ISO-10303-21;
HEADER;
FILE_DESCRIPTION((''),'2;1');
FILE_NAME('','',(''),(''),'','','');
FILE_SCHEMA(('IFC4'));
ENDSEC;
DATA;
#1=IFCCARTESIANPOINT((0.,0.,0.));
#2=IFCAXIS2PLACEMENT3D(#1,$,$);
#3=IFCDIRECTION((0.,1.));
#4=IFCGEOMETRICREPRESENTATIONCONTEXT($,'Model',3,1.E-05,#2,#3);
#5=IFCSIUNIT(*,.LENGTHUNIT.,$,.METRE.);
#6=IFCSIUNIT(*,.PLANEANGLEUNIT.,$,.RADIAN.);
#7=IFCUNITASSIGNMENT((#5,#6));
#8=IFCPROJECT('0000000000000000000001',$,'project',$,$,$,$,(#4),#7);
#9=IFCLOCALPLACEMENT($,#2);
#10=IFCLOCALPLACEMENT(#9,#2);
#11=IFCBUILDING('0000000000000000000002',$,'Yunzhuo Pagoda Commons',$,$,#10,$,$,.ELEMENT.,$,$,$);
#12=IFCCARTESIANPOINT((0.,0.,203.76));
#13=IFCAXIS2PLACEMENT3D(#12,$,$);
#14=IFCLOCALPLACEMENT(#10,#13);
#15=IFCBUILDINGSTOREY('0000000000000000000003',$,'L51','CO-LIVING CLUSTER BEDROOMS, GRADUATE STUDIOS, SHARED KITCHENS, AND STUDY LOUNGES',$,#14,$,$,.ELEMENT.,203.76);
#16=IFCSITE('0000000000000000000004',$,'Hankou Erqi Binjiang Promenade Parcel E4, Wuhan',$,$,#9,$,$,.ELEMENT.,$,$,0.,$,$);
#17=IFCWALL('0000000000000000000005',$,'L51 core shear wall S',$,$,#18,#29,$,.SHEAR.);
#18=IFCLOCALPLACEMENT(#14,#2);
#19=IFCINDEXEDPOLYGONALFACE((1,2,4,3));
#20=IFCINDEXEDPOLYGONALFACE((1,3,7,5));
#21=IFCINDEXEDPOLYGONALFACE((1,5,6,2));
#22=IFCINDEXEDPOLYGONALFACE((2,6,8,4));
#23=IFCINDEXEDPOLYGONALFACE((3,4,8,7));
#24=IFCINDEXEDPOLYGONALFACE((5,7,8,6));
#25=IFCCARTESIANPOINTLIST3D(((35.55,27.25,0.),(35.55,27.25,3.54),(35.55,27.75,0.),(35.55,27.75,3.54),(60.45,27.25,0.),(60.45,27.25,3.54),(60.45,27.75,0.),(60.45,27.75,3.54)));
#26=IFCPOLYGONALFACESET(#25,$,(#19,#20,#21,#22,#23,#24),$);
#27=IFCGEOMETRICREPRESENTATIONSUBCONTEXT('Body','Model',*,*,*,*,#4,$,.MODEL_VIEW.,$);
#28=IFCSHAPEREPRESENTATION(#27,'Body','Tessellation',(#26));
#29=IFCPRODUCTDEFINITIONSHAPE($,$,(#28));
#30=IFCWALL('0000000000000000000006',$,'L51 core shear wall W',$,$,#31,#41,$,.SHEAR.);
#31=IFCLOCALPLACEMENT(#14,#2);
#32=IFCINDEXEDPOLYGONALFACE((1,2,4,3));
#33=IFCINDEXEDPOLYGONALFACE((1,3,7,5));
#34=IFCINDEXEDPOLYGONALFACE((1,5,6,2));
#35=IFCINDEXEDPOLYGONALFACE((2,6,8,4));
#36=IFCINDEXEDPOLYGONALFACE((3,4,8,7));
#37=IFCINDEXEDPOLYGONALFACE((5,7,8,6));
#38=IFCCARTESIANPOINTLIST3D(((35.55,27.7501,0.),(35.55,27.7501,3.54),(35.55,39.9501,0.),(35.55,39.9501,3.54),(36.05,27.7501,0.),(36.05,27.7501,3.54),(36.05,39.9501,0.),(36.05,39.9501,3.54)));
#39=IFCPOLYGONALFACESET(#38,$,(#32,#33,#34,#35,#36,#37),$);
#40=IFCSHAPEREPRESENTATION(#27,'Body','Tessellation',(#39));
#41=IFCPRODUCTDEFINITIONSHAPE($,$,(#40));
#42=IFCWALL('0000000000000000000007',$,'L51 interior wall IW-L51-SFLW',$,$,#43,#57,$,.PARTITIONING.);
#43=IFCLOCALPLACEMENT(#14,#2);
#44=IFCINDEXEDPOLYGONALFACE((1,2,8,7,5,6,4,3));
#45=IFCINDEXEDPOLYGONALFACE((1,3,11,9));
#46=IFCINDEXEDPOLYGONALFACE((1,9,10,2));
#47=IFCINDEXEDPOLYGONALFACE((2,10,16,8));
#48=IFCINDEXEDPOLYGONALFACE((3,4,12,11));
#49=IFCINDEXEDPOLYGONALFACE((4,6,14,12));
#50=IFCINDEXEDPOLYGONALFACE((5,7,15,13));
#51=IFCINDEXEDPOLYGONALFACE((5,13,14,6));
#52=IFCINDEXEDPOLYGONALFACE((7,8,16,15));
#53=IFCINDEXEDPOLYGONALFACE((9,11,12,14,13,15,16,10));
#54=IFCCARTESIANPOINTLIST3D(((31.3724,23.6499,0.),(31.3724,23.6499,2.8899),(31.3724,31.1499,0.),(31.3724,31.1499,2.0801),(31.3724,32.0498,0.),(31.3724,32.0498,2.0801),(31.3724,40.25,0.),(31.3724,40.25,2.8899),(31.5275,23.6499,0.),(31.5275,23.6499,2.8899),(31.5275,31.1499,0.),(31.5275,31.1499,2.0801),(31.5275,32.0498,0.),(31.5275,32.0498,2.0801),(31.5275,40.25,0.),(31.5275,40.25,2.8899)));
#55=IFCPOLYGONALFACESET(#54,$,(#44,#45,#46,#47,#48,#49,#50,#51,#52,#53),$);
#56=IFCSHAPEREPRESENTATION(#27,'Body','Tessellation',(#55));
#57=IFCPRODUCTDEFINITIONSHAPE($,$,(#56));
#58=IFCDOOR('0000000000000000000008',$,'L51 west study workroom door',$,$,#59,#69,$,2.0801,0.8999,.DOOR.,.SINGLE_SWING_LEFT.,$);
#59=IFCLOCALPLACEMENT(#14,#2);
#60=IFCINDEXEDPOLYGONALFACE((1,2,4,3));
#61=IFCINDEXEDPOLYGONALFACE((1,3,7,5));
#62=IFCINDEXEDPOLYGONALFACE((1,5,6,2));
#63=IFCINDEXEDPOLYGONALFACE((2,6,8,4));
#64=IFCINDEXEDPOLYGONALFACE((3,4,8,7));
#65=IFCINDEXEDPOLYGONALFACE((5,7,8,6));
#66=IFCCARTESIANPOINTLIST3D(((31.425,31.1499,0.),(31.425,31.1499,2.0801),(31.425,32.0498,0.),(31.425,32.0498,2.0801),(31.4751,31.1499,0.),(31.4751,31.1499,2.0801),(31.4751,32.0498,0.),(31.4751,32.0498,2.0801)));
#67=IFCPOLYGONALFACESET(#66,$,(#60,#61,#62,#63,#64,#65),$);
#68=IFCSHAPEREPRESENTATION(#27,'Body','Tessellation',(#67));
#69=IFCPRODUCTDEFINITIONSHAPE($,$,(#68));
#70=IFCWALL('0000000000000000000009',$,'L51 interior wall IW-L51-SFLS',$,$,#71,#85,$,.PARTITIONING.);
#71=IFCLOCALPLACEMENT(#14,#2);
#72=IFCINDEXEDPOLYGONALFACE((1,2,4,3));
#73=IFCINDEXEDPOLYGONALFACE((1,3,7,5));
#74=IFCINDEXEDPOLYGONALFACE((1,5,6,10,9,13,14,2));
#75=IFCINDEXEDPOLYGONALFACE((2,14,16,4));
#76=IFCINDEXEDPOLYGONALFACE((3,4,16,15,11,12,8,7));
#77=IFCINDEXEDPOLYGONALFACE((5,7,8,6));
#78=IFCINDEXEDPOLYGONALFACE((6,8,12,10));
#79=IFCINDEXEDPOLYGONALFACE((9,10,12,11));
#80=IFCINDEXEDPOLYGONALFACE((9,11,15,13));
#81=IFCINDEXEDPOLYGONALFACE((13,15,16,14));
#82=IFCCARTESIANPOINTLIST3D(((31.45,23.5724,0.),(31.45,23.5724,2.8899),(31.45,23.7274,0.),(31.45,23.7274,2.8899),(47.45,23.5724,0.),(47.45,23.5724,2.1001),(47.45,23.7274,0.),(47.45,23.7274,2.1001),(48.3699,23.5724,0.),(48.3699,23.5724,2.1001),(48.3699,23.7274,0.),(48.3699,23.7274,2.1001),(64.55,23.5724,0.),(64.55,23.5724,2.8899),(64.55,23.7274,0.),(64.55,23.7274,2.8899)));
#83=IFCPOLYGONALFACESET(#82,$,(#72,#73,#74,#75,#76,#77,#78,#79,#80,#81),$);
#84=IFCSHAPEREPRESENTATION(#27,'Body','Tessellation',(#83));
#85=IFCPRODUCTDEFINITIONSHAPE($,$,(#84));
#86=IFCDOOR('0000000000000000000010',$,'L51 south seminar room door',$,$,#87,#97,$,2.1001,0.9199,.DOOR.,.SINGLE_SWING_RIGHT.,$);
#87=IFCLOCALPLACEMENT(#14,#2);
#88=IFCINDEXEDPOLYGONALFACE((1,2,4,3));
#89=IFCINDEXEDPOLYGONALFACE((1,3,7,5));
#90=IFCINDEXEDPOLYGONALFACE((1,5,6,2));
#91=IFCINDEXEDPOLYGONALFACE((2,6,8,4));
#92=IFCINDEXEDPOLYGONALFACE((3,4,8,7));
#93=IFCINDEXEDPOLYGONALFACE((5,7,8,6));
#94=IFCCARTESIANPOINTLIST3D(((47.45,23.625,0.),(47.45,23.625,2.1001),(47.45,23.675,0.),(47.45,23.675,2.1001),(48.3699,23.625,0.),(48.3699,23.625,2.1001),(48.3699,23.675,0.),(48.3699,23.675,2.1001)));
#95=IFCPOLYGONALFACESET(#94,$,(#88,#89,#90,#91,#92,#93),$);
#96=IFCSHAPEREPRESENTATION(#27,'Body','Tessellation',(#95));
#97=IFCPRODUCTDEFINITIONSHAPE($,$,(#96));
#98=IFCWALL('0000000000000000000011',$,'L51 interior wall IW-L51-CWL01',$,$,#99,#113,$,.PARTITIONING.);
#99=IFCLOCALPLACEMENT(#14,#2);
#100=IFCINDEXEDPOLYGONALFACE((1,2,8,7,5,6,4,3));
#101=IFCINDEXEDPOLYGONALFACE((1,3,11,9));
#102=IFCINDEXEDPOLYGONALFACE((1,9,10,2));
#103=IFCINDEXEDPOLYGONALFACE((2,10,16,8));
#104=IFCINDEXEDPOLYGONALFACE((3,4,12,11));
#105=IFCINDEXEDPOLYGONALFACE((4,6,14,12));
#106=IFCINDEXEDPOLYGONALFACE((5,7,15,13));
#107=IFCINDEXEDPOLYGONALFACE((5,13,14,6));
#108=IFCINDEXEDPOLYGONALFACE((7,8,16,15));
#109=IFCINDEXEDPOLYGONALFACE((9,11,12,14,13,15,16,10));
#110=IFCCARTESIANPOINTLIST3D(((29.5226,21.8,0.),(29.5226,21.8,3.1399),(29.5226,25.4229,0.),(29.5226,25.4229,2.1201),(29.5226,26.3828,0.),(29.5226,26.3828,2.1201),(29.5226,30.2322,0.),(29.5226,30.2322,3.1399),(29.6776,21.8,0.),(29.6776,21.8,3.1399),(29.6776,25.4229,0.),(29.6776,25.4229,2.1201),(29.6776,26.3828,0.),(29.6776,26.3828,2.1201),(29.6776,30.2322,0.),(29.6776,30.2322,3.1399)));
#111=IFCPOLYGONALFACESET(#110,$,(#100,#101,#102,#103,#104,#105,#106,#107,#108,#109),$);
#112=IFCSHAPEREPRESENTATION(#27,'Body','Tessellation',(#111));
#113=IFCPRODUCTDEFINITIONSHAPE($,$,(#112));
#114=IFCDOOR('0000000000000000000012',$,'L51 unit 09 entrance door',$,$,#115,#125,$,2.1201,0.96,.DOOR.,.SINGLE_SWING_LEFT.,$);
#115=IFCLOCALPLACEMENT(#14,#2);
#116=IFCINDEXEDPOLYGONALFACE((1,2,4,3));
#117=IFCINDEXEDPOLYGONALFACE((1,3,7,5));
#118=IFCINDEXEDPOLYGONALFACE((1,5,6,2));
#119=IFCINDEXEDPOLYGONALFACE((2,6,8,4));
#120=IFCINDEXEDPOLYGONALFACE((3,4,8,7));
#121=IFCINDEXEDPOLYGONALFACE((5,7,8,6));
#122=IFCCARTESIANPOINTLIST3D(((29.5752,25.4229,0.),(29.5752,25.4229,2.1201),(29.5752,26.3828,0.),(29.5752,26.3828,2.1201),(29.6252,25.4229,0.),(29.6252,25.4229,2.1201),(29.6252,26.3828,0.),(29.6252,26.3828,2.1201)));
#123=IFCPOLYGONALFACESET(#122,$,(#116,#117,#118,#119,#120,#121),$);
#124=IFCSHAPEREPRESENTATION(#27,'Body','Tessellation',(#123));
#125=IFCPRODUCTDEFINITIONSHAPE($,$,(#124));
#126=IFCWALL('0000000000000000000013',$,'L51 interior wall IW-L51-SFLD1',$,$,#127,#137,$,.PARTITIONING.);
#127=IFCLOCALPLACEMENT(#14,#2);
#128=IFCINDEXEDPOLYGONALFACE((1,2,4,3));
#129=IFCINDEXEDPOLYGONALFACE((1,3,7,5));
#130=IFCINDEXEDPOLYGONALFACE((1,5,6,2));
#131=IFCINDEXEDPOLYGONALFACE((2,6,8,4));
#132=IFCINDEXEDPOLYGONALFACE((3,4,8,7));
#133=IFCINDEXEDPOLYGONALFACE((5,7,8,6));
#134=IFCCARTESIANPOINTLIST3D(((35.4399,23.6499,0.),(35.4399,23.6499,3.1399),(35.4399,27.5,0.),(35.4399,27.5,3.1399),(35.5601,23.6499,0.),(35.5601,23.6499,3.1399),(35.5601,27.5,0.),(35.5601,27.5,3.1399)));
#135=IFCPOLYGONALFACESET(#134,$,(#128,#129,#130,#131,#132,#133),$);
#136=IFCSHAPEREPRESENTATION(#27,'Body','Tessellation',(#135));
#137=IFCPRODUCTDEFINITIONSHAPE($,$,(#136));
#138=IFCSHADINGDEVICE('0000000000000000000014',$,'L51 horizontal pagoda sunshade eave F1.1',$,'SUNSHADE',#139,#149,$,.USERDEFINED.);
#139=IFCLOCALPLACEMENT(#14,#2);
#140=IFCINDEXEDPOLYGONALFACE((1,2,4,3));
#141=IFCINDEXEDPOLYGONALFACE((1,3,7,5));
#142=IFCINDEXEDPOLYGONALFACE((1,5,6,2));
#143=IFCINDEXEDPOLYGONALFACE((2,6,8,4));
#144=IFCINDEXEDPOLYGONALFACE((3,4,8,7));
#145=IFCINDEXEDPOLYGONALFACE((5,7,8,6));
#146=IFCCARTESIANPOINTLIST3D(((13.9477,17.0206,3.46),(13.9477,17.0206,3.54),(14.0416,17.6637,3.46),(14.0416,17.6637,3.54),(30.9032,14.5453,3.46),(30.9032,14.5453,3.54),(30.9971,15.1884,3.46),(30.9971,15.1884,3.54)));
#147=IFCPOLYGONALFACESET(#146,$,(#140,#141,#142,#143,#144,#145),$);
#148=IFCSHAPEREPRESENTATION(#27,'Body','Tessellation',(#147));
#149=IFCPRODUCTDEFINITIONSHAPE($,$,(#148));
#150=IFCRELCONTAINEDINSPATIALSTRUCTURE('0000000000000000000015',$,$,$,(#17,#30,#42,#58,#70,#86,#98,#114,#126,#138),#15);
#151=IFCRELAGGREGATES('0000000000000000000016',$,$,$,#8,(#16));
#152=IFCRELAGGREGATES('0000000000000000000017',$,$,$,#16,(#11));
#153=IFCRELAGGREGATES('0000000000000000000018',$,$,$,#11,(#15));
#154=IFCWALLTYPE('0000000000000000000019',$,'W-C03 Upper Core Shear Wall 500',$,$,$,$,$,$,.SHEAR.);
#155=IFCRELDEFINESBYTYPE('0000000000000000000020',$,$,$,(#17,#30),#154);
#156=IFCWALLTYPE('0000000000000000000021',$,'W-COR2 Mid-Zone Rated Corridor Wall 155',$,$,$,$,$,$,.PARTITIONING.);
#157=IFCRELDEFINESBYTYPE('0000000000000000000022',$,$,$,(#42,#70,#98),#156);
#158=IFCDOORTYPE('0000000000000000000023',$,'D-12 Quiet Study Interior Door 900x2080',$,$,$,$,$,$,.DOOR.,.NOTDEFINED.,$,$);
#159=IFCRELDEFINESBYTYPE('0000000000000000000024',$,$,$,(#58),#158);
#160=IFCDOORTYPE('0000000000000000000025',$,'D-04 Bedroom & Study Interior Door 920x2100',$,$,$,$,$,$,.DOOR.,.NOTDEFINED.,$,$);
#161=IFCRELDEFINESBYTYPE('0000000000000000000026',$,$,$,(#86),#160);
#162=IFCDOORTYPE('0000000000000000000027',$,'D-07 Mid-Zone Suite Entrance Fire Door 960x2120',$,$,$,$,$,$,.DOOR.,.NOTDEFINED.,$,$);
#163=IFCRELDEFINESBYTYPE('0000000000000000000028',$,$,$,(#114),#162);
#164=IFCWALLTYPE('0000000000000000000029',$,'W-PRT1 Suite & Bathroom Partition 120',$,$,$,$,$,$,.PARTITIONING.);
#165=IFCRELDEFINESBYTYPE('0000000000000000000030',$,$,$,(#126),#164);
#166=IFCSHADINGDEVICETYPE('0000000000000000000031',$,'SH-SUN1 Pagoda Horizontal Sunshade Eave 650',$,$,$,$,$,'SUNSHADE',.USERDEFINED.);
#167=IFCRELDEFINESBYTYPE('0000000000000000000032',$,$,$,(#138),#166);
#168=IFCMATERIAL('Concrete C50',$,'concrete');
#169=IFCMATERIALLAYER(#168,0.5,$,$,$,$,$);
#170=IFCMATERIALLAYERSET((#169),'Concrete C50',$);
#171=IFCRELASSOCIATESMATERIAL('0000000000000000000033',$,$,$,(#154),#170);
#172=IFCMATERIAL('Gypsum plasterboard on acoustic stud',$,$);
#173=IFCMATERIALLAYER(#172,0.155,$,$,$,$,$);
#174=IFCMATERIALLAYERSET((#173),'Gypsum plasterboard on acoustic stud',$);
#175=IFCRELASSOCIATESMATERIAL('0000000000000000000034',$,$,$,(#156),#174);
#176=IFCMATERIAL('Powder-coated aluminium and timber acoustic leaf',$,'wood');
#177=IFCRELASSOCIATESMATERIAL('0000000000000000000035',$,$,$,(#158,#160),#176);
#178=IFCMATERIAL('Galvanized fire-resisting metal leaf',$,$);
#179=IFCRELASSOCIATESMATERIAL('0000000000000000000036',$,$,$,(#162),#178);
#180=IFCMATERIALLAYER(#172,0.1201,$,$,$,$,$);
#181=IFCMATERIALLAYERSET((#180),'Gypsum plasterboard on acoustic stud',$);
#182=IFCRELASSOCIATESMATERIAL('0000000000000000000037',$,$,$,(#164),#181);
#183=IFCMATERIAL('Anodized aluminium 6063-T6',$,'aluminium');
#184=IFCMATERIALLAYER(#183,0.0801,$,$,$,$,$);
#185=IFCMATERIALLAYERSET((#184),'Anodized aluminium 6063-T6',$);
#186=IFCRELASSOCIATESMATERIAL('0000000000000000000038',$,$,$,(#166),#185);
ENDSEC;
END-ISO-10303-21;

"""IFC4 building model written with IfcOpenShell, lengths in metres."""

from ifc_helpers import new_model, si_unit, direction, frame, frame_2d, origin, origin_with_axes, origin_2d, place, context, subcontext, project, spatial, rectangle, extrude, source, transform, mapped, material, layer, layer_set, type_object, element, fill, save


model = new_model("IFC4")

# Units and contexts
model_context = context("Model", 3, precision=1e-05, world=origin(), true_north=direction((0.0, 1.0)))
body_context = subcontext(model_context, "Body", "Model", "MODEL_VIEW")
ifc_project = project(units=[si_unit("LENGTHUNIT", "METRE"), si_unit("PLANEANGLEUNIT", "RADIAN")], contexts=[model_context])

# Site, building, storey
site_placement = place(None, origin())
site = spatial("IfcSite", under=ifc_project, at=site_placement, Name="Hankou Erqi Binjiang Promenade Parcel E4, Wuhan", CompositionType="ELEMENT", RefElevation=0.0)
building_placement = place(site_placement, origin())
building = spatial("IfcBuilding", under=site, at=building_placement, Name="Yunzhuo Pagoda Commons", CompositionType="ELEMENT")
storey_placement = place(building_placement, frame((0.0, 0.0, 203.76)))
storey = spatial("IfcBuildingStorey", under=building, at=storey_placement, Name="L51", Description="CO-LIVING CLUSTER BEDROOMS, GRADUATE STUDIOS, SHARED KITCHENS, AND STUDY LOUNGES", CompositionType="ELEMENT", Elevation=203.76)

# Shared definitions
ifc_material_1 = material(Name="Anodized aluminium 6063-T6", Category="aluminium")

# Walls
ifc_material_2 = material(Name="Concrete C50", Category="concrete")
ifc_layer_1 = layer(ifc_material_2, 0.5)
ifc_layer_set_1 = layer_set([ifc_layer_1], Name="Concrete C50")
wall_type_1 = type_object("IfcWallType", Name="W-C03 Upper Core Shear Wall 500", PredefinedType="SHEAR", material=ifc_layer_set_1)
wall_1_placement = place(storey_placement, frame((35.55, 27.5, 0.0), z_axis=(0.0, 0.0, 1.0), x_axis=(1.0, 0.0, 0.0)))
element("IfcWall", 1, at=wall_1_placement, inside=storey, type_object=wall_type_1, Name="L51 core shear wall S", PredefinedType="SHEAR", context=body_context, shape_type="SweptSolid", body=[
    extrude(rectangle(XDim=24.8999, YDim=0.5, at=frame_2d((12.45, 0.0))), origin(), (0.0, 0.0, 1.0), 3.54),
])
wall_2_placement = place(storey_placement, frame((35.8, 27.75, 0.0), z_axis=(0.0, 0.0, 1.0), x_axis=(0.0, 1.0, 0.0)))
element("IfcWall", 2, at=wall_2_placement, inside=storey, type_object=wall_type_1, Name="L51 core shear wall W", PredefinedType="SHEAR", context=body_context, shape_type="SweptSolid", body=[
    extrude(rectangle(XDim=12.2, YDim=0.5, at=frame_2d((6.1001, 0.0))), origin(), (0.0, 0.0, 1.0), 3.54),
])

# Walls, openings, doors
ifc_material_3 = material(Name="Gypsum plasterboard on acoustic stud")
ifc_layer_2 = layer(ifc_material_3, 0.155)
ifc_layer_set_2 = layer_set([ifc_layer_2], Name="Gypsum plasterboard on acoustic stud")
wall_type_2 = type_object("IfcWallType", Name="W-COR2 Mid-Zone Rated Corridor Wall 155", PredefinedType="PARTITIONING", material=ifc_layer_set_2)
wall_3_placement = place(storey_placement, frame((31.45, 23.6499, 0.0), z_axis=(0.0, 0.0, 1.0), x_axis=(0.0, 1.0, 0.0)))
wall_3 = element("IfcWall", 3, at=wall_3_placement, inside=storey, type_object=wall_type_2, Name="L51 interior wall IW-L51-SFLW", PredefinedType="PARTITIONING", context=body_context, shape_type="SweptSolid", body=[
    extrude(rectangle(XDim=16.6001, YDim=0.155, at=frame_2d((8.3, 0.0))), origin(), (0.0, 0.0, 1.0), 2.8899),
])
opening_1_placement = place(wall_3_placement, frame((7.5, 0.0, 0.0)))
opening_1 = element("IfcOpeningElement", 4, at=opening_1_placement, cuts=wall_3, PredefinedType="OPENING", context=body_context, shape_type="SweptSolid", body=[
    extrude(rectangle(XDim=0.8999, YDim=2.0801, at=frame_2d((0.45, 1.04))), frame((0.0, 0.0874, 0.0), z_axis=(0.0, -1.0, 0.0), x_axis=(1.0, 0.0, 0.0)), (0.0, 0.0, 1.0), 0.175),
])
ifc_material_4 = material(Name="Powder-coated aluminium and timber acoustic leaf", Category="wood")
door_type_1 = type_object("IfcDoorType", Name="D-12 Quiet Study Interior Door 900x2080", OperationType="NOTDEFINED", PredefinedType="DOOR", material=ifc_material_4)
shared_shape_1 = source(origin(), body_context, "Body", "SweptSolid", [
    extrude(rectangle(XDim=0.8999, YDim=2.0801, at=frame_2d((0.45, 1.04))), frame((0.0, 0.0249, 0.0), z_axis=(0.0, -1.0, 0.0), x_axis=(1.0, 0.0, 0.0)), (0.0, 0.0, 1.0), 0.05),
])
door_1_placement = place(opening_1_placement, origin_with_axes())
door_1 = element("IfcDoor", 5, at=door_1_placement, inside=storey, type_object=door_type_1, Name="L51 west study workroom door", OperationType="SINGLE_SWING_LEFT", OverallHeight=2.0801, OverallWidth=0.8999, PredefinedType="DOOR", context=body_context, shape_type="MappedRepresentation", body=[
    mapped(shared_shape_1, transform((0.0, 0.0, 0.0), scale=1.0)),
])
fill(opening_1, door_1)
wall_4_placement = place(storey_placement, frame((31.45, 23.6499, 0.0), z_axis=(0.0, 0.0, 1.0), x_axis=(1.0, 0.0, 0.0)))
wall_4 = element("IfcWall", 6, at=wall_4_placement, inside=storey, type_object=wall_type_2, Name="L51 interior wall IW-L51-SFLS", PredefinedType="PARTITIONING", context=body_context, shape_type="SweptSolid", body=[
    extrude(rectangle(XDim=33.1001, YDim=0.155, at=frame_2d((16.55, 0.0))), origin(), (0.0, 0.0, 1.0), 2.8899),
])
opening_2_placement = place(wall_4_placement, frame((16.0, 0.0, 0.0)))
opening_2 = element("IfcOpeningElement", 7, at=opening_2_placement, cuts=wall_4, PredefinedType="OPENING", context=body_context, shape_type="SweptSolid", body=[
    extrude(rectangle(XDim=0.9199, YDim=2.1001, at=frame_2d((0.46, 1.05))), frame((0.0, 0.0874, 0.0), z_axis=(0.0, -1.0, 0.0), x_axis=(1.0, 0.0, 0.0)), (0.0, 0.0, 1.0), 0.175),
])
door_type_2 = type_object("IfcDoorType", Name="D-04 Bedroom & Study Interior Door 920x2100", OperationType="NOTDEFINED", PredefinedType="DOOR", material=ifc_material_4)
shared_shape_2 = source(origin(), body_context, "Body", "SweptSolid", [
    extrude(rectangle(XDim=0.9199, YDim=2.1001, at=frame_2d((0.46, 1.05))), frame((0.0, 0.0249, 0.0), z_axis=(0.0, -1.0, 0.0), x_axis=(1.0, 0.0, 0.0)), (0.0, 0.0, 1.0), 0.05),
])
door_2_placement = place(opening_2_placement, frame((0.9199, 0.0, 0.0), z_axis=(0.0, 0.0, 1.0), x_axis=(-1.0, 0.0, 0.0)))
door_2 = element("IfcDoor", 8, at=door_2_placement, inside=storey, type_object=door_type_2, Name="L51 south seminar room door", OperationType="SINGLE_SWING_RIGHT", OverallHeight=2.1001, OverallWidth=0.9199, PredefinedType="DOOR", context=body_context, shape_type="MappedRepresentation", body=[
    mapped(shared_shape_2, transform((0.0, 0.0, 0.0), scale=1.0)),
])
fill(opening_2, door_2)
wall_5_placement = place(storey_placement, frame((29.6001, 21.8, 0.0), z_axis=(0.0, 0.0, 1.0), x_axis=(0.0, 1.0, 0.0)))
wall_5 = element("IfcWall", 9, at=wall_5_placement, inside=storey, type_object=wall_type_2, Name="L51 interior wall IW-L51-CWL01", PredefinedType="PARTITIONING", context=body_context, shape_type="SweptSolid", body=[
    extrude(rectangle(XDim=8.4321, YDim=0.155, at=frame_2d((4.2161, 0.0))), origin(), (0.0, 0.0, 1.0), 3.1399),
])
opening_3_placement = place(wall_5_placement, frame((3.6228, 0.0, 0.0)))
opening_3 = element("IfcOpeningElement", 10, at=opening_3_placement, cuts=wall_5, PredefinedType="OPENING", context=body_context, shape_type="SweptSolid", body=[
    extrude(rectangle(XDim=0.96, YDim=2.1201, at=frame_2d((0.48, 1.0601))), frame((0.0, 0.0874, 0.0), z_axis=(0.0, -1.0, 0.0), x_axis=(1.0, 0.0, 0.0)), (0.0, 0.0, 1.0), 0.175),
])
ifc_material_5 = material(Name="Galvanized fire-resisting metal leaf")
door_type_3 = type_object("IfcDoorType", Name="D-07 Mid-Zone Suite Entrance Fire Door 960x2120", OperationType="NOTDEFINED", PredefinedType="DOOR", material=ifc_material_5)
shared_shape_3 = source(origin(), body_context, "Body", "SweptSolid", [
    extrude(rectangle(XDim=0.96, YDim=2.1201, at=frame_2d((0.48, 1.0601))), frame((0.0, 0.0249, 0.0), z_axis=(0.0, -1.0, 0.0), x_axis=(1.0, 0.0, 0.0)), (0.0, 0.0, 1.0), 0.05),
])
door_3_placement = place(opening_3_placement, origin_with_axes())
door_3 = element("IfcDoor", 11, at=door_3_placement, inside=storey, type_object=door_type_3, Name="L51 unit 09 entrance door", OperationType="SINGLE_SWING_LEFT", OverallHeight=2.1201, OverallWidth=0.96, PredefinedType="DOOR", context=body_context, shape_type="MappedRepresentation", body=[
    mapped(shared_shape_3, transform((0.0, 0.0, 0.0), scale=1.0)),
])
fill(opening_3, door_3)

# Wall
ifc_layer_3 = layer(ifc_material_3, 0.1201)
ifc_layer_set_3 = layer_set([ifc_layer_3], Name="Gypsum plasterboard on acoustic stud")
wall_type_3 = type_object("IfcWallType", Name="W-PRT1 Suite & Bathroom Partition 120", PredefinedType="PARTITIONING", material=ifc_layer_set_3)
wall_6_placement = place(storey_placement, frame((35.5, 23.6499, 0.0), z_axis=(0.0, 0.0, 1.0), x_axis=(0.0, 1.0, 0.0)))
element("IfcWall", 12, at=wall_6_placement, inside=storey, type_object=wall_type_3, Name="L51 interior wall IW-L51-SFLD1", PredefinedType="PARTITIONING", context=body_context, shape_type="SweptSolid", body=[
    extrude(rectangle(XDim=3.8501, YDim=0.1201, at=frame_2d((1.925, 0.0))), origin(), (0.0, 0.0, 1.0), 3.1399),
])

# Shading device
ifc_layer_4 = layer(ifc_material_1, 0.0801)
ifc_layer_set_4 = layer_set([ifc_layer_4], Name="Anodized aluminium 6063-T6")
shading_device_type = type_object("IfcShadingDeviceType", Name="SH-SUN1 Pagoda Horizontal Sunshade Eave 650", ElementType="SUNSHADE", PredefinedType="USERDEFINED", material=ifc_layer_set_4)
shared_shape_4 = source(origin(), body_context, "Body", "SweptSolid", [
    extrude(rectangle(XDim=17.1353, YDim=0.6499, at=origin_2d()), origin(), (0.0, 0.0, 1.0), 0.0801),
])
shading_device_placement = place(storey_placement, frame((22.4724, 16.1045, 3.46), z_axis=(0.0, 0.0, 1.0), x_axis=(0.989511, -0.14446, 0.0)))
element("IfcShadingDevice", 13, at=shading_device_placement, inside=storey, type_object=shading_device_type, Name="L51 horizontal pagoda sunshade eave F1.1", ObjectType="SUNSHADE", PredefinedType="USERDEFINED", context=body_context, shape_type="MappedRepresentation", body=[
    mapped(shared_shape_4, transform((0.0, 0.0, 0.0), scale=1.0)),
])

save(model, "model.ifc")
